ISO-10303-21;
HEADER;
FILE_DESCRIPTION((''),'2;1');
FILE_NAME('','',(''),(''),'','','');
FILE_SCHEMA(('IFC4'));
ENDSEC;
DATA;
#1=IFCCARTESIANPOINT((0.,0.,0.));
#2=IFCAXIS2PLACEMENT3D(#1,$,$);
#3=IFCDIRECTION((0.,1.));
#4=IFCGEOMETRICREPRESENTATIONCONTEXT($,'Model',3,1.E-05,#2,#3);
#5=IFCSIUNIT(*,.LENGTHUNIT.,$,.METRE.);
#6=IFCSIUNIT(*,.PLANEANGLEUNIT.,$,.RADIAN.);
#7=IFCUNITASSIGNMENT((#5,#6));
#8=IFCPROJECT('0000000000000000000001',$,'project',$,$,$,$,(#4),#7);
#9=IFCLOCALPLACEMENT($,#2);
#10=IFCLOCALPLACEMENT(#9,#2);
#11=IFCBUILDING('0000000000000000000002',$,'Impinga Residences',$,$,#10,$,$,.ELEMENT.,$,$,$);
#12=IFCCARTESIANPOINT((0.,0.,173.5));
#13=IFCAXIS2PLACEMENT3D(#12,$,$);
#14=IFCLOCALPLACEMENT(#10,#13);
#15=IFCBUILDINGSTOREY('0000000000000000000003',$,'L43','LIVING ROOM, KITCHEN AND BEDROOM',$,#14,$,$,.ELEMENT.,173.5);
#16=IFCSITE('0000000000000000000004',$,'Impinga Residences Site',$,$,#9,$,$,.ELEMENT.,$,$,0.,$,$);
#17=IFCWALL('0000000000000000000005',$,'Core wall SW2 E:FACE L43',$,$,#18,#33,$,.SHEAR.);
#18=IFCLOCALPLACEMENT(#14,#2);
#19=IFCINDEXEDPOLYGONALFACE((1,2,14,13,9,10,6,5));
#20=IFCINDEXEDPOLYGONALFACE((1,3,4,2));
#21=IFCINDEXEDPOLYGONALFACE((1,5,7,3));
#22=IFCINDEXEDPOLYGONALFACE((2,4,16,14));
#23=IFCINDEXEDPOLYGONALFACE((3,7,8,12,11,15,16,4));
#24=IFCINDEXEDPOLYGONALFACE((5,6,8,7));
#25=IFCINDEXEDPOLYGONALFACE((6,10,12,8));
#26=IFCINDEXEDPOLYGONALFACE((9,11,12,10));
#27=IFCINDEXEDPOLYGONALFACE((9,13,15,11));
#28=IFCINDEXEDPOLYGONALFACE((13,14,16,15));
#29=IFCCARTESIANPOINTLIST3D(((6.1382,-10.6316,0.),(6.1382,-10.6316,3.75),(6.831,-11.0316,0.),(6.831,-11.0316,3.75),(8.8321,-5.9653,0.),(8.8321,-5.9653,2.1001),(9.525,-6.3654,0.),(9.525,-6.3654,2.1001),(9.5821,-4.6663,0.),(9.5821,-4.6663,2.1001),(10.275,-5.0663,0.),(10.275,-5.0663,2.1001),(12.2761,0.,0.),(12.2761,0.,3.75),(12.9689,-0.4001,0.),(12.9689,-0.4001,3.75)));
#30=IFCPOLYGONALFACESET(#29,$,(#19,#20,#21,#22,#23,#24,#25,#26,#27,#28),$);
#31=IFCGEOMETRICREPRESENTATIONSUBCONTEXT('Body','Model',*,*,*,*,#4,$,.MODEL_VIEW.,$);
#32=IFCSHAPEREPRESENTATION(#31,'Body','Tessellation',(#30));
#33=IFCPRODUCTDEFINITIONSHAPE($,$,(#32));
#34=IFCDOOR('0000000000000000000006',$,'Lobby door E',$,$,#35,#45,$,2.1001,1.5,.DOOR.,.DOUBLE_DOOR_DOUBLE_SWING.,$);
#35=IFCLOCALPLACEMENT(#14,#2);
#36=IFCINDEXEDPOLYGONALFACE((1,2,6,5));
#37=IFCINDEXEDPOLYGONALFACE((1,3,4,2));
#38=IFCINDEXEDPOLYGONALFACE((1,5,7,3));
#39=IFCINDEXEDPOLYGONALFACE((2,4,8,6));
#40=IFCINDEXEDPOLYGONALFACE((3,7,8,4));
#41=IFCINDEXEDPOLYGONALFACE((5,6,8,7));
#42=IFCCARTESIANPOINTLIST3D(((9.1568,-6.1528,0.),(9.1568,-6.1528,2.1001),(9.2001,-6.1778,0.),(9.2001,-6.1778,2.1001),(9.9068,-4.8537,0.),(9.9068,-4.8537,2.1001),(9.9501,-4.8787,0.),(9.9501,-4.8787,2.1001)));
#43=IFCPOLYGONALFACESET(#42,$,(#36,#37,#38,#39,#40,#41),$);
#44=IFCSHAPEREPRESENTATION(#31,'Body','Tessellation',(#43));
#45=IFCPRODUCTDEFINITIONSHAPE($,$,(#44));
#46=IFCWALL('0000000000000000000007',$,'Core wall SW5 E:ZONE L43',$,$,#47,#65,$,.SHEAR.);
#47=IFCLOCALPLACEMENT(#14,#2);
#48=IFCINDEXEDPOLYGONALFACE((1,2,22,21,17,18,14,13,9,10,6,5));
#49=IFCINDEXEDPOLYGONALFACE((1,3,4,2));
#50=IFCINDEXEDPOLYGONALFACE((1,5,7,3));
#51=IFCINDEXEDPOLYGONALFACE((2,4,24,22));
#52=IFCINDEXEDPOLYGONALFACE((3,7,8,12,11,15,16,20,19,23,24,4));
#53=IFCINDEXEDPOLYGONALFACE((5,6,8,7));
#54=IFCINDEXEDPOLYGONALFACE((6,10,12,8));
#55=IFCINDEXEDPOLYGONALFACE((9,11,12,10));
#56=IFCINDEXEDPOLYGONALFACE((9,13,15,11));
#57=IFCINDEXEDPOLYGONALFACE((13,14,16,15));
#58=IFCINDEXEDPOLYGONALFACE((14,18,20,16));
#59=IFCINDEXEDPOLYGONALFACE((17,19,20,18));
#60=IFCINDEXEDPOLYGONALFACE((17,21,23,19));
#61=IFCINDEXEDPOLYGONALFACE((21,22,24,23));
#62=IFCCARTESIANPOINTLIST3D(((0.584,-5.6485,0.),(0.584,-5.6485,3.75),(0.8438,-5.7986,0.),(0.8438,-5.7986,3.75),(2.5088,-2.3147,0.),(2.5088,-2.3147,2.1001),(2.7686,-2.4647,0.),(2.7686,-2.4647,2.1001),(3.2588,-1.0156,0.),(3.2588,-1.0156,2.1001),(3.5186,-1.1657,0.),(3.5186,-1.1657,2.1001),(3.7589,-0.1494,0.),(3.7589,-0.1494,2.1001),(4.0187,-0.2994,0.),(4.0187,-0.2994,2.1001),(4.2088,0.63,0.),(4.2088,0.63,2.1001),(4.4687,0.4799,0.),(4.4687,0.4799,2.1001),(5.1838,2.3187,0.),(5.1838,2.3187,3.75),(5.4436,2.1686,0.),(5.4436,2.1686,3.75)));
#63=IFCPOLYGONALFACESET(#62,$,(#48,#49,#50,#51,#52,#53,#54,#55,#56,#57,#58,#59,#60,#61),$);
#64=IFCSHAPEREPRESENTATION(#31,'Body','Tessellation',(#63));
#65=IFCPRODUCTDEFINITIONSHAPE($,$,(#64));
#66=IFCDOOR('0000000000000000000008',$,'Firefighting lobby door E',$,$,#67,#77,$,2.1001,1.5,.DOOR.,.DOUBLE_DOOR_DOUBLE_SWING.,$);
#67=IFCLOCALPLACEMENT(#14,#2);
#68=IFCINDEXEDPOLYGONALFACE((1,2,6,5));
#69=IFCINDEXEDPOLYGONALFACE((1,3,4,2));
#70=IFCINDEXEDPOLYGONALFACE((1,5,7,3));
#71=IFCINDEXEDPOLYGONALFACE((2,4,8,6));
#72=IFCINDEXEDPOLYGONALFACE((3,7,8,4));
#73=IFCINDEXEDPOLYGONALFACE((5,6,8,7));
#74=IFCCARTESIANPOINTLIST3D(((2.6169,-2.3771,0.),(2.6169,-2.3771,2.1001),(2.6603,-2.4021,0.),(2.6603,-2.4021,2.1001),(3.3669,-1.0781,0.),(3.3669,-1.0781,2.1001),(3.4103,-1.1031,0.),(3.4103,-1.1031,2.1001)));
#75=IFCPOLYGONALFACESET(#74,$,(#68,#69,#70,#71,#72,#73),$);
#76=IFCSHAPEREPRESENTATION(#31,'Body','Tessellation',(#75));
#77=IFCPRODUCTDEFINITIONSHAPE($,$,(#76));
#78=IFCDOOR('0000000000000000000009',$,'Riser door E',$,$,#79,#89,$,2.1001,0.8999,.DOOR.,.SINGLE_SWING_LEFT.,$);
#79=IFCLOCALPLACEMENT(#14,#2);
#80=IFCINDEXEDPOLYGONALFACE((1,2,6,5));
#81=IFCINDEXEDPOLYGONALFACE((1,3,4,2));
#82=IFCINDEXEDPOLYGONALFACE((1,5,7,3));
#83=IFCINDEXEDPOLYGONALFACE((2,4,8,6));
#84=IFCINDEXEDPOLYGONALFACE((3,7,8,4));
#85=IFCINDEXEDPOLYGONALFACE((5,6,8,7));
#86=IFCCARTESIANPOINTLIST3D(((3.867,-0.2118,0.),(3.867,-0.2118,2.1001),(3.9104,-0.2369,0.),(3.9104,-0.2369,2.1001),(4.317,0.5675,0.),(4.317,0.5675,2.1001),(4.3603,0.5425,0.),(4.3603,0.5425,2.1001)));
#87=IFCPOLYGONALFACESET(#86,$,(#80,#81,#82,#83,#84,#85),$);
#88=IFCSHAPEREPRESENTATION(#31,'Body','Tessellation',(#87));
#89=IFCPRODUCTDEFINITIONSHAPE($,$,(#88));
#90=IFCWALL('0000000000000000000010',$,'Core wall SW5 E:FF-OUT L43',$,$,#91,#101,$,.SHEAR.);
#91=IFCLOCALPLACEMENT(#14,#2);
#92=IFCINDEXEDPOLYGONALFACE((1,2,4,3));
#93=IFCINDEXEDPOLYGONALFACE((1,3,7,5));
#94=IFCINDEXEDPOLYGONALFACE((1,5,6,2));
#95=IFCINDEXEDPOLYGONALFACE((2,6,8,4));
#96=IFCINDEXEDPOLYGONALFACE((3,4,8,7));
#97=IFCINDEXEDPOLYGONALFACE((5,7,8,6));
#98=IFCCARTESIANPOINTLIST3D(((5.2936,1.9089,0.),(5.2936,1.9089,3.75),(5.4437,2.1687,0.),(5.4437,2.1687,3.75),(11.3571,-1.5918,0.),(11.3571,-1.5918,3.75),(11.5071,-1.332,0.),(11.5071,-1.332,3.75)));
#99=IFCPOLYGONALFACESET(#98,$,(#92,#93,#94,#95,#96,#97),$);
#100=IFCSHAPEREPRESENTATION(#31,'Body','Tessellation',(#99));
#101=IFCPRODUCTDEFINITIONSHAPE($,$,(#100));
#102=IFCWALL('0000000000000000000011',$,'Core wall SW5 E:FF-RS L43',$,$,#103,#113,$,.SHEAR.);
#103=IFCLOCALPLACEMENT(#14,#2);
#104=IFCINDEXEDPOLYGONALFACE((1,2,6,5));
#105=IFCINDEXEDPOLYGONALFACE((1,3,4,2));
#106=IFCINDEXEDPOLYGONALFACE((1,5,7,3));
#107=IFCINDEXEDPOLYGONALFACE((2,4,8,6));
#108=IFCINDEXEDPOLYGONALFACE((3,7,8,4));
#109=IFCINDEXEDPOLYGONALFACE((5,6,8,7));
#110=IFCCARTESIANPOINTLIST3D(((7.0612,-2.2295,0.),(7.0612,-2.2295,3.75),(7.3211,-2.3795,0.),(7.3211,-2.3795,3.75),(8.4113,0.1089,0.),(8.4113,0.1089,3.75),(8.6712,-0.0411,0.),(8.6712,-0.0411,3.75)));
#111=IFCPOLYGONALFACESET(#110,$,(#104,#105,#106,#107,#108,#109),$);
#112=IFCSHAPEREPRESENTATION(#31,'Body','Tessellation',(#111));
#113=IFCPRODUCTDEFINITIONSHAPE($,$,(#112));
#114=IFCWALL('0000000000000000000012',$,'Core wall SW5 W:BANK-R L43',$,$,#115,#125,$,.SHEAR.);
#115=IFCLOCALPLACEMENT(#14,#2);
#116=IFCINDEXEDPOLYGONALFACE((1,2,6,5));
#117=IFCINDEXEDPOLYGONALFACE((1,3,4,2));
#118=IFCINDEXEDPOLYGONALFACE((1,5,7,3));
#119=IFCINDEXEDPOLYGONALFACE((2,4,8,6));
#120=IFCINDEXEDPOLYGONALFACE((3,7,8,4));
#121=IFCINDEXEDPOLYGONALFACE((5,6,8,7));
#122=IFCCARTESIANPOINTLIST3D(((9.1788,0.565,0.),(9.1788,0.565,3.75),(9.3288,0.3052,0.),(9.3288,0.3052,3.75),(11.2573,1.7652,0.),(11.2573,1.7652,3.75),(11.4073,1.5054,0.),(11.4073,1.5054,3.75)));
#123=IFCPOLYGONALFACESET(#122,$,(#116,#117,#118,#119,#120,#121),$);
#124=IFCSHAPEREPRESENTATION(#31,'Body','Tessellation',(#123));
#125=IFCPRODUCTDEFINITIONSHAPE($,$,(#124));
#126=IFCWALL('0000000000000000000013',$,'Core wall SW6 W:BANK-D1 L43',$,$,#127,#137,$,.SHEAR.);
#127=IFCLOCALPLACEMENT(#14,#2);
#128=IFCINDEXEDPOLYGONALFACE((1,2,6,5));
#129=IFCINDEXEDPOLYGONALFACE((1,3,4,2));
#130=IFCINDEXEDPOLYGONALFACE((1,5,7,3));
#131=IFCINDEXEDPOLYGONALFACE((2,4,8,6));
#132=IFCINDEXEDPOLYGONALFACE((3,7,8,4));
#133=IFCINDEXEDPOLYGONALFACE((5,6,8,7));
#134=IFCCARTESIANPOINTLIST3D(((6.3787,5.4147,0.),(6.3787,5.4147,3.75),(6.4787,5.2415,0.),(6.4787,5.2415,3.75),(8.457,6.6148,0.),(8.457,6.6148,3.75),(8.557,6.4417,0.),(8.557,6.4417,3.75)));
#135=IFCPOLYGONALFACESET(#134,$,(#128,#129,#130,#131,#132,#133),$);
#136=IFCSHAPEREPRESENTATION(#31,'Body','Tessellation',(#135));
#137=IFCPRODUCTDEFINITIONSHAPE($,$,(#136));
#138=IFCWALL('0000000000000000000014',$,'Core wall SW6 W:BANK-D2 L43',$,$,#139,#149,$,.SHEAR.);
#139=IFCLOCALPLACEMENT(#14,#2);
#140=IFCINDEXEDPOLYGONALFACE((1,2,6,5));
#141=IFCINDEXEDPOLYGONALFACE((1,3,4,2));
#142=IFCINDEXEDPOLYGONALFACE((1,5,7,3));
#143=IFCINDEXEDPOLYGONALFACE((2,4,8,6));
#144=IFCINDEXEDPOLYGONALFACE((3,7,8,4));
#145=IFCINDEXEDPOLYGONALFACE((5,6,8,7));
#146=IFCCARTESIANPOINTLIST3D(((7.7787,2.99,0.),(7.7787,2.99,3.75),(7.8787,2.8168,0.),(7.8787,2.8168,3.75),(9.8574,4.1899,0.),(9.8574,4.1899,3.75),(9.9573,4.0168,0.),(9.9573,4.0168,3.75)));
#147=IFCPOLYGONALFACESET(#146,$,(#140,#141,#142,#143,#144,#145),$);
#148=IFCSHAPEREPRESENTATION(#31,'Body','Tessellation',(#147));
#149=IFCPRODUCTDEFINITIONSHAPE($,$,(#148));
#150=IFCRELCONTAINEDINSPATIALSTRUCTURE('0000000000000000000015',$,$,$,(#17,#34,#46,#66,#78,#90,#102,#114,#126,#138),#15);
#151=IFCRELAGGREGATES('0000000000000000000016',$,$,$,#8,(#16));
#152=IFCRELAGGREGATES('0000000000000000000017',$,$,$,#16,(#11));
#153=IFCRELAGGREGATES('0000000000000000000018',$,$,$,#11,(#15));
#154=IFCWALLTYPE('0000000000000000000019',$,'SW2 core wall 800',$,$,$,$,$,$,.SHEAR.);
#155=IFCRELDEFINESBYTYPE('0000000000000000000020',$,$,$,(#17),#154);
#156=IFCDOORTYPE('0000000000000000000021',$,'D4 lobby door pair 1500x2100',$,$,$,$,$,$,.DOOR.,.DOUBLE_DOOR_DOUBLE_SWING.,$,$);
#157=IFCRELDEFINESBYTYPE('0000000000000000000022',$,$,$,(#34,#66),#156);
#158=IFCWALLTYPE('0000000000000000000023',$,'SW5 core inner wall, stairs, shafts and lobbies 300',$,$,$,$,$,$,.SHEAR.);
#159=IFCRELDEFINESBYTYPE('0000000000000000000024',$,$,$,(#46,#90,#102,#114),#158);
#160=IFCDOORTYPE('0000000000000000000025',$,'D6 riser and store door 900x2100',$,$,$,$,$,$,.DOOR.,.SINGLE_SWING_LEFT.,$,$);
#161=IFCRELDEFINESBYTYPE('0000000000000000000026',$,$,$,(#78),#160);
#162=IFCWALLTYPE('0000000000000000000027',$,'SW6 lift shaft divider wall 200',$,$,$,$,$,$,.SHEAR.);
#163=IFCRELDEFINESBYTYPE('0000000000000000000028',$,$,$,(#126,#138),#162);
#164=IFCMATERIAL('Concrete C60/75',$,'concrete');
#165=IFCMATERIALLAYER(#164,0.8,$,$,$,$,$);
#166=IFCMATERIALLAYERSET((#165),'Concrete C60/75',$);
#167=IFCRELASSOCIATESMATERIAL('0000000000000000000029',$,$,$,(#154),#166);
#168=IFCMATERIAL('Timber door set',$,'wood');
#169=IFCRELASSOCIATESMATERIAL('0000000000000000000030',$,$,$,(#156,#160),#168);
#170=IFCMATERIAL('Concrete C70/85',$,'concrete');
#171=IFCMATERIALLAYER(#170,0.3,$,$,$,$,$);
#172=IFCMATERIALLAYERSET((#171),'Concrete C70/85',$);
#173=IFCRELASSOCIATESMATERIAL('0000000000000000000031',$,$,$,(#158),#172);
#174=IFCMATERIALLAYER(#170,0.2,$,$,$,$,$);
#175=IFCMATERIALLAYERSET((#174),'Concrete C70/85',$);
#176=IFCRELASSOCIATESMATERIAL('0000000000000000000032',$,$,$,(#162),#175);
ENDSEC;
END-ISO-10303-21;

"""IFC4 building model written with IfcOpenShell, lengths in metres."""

from ifc_helpers import new_model, si_unit, direction, frame, frame_2d, origin, place, context, subcontext, project, spatial, rectangle, extrude, material, layer, layer_set, type_object, element, fill, save


model = new_model("IFC4")

# Units and contexts
model_context = context("Model", 3, precision=1e-05, world=origin(), true_north=direction((0.0, 1.0)))
body_context = subcontext(model_context, "Body", "Model", "MODEL_VIEW")
ifc_project = project(units=[si_unit("LENGTHUNIT", "METRE"), si_unit("PLANEANGLEUNIT", "RADIAN")], contexts=[model_context])

# Site, building, storey
site_placement = place(None, origin())
site = spatial("IfcSite", under=ifc_project, at=site_placement, Name="Impinga Residences Site", CompositionType="ELEMENT", RefElevation=0.0)
building_placement = place(site_placement, origin())
building = spatial("IfcBuilding", under=site, at=building_placement, Name="Impinga Residences", CompositionType="ELEMENT")
storey_placement = place(building_placement, frame((0.0, 0.0, 173.5)))
storey = spatial("IfcBuildingStorey", under=building, at=storey_placement, Name="L43", Description="LIVING ROOM, KITCHEN AND BEDROOM", CompositionType="ELEMENT", Elevation=173.5)

# Shared definitions
ifc_material_1 = material(Name="Concrete C60/75", Category="concrete")
ifc_material_2 = material(Name="Timber door set", Category="wood")

# Wall, opening, door
ifc_layer_1 = layer(ifc_material_1, 0.8)
ifc_layer_set_1 = layer_set([ifc_layer_1], Name="Concrete C60/75")
wall_type_1 = type_object("IfcWallType", Name="SW2 core wall 800", PredefinedType="SHEAR", material=ifc_layer_set_1)
wall_1_placement = place(storey_placement, frame((12.6226, -0.2, 0.0), z_axis=(0.0, 0.0, 1.0), x_axis=(-0.499987, -0.866033, 0.0)))
wall_1 = element("IfcWall", 1, at=wall_1_placement, inside=storey, type_object=wall_type_1, Name="Core wall SW2 E:FACE L43", PredefinedType="SHEAR", context=body_context, shape_type="SweptSolid", body=[
    extrude(rectangle(XDim=12.2761, YDim=0.8, at=frame_2d((6.1382, 0.0))), origin(), (0.0, 0.0, 1.0), 3.75),
])
opening_1_placement = place(wall_1_placement, frame((5.3882, 0.0, 0.0)))
opening_1 = element("IfcOpeningElement", 2, at=opening_1_placement, cuts=wall_1, PredefinedType="OPENING", context=body_context, shape_type="SweptSolid", body=[
    extrude(rectangle(XDim=1.5, YDim=2.1001, at=frame_2d((0.75, 1.05))), frame((0.0, 0.4099, 0.0), z_axis=(0.0, -1.0, 0.0), x_axis=(1.0, 0.0, 0.0)), (0.0, 0.0, 1.0), 0.8201),
])
door_type_1 = type_object("IfcDoorType", Name="D4 lobby door pair 1500x2100", OperationType="DOUBLE_DOOR_DOUBLE_SWING", PredefinedType="DOOR", material=ifc_material_2)
door_1_placement = place(opening_1_placement, origin())
door_1 = element("IfcDoor", 3, at=door_1_placement, inside=storey, type_object=door_type_1, Name="Lobby door E", OperationType="DOUBLE_DOOR_DOUBLE_SWING", OverallHeight=2.1001, OverallWidth=1.5, PredefinedType="DOOR", context=body_context, shape_type="SweptSolid", body=[
    extrude(rectangle(XDim=1.5, YDim=2.1001, at=frame_2d((0.75, 1.05))), frame((0.0, 0.0249, 0.0), z_axis=(0.0, -1.0, 0.0), x_axis=(1.0, 0.0, 0.0)), (0.0, 0.0, 1.0), 0.05),
])
fill(opening_1, door_1)

# Wall, openings, doors
ifc_material_3 = material(Name="Concrete C70/85", Category="concrete")
ifc_layer_2 = layer(ifc_material_3, 0.3)
ifc_layer_set_2 = layer_set([ifc_layer_2], Name="Concrete C70/85")
wall_type_2 = type_object("IfcWallType", Name="SW5 core inner wall, stairs, shafts and lobbies 300", PredefinedType="SHEAR", material=ifc_layer_set_2)
wall_2_placement = place(storey_placement, frame((5.3137, 2.2437, 0.0), z_axis=(0.0, 0.0, 1.0), x_axis=(-0.499995, -0.866028, 0.0)))
wall_2 = element("IfcWall", 4, at=wall_2_placement, inside=storey, type_object=wall_type_2, Name="Core wall SW5 E:ZONE L43", PredefinedType="SHEAR", context=body_context, shape_type="SweptSolid", body=[
    extrude(rectangle(XDim=9.1997, YDim=0.3, at=frame_2d((4.5999, 0.0))), origin(), (0.0, 0.0, 1.0), 3.75),
])
opening_2_placement = place(wall_2_placement, frame((3.8501, 0.0, 0.0)))
opening_2 = element("IfcOpeningElement", 5, at=opening_2_placement, cuts=wall_2, PredefinedType="OPENING", context=body_context, shape_type="SweptSolid", body=[
    extrude(rectangle(XDim=1.5, YDim=2.1001, at=frame_2d((0.75, 1.05))), frame((0.0, 0.1599, 0.0), z_axis=(0.0, -1.0, 0.0), x_axis=(1.0, 0.0, 0.0)), (0.0, 0.0, 1.0), 0.3201),
])
opening_3_placement = place(wall_2_placement, frame((1.95, 0.0, 0.0)))
opening_3 = element("IfcOpeningElement", 6, at=opening_3_placement, cuts=wall_2, PredefinedType="OPENING", context=body_context, shape_type="SweptSolid", body=[
    extrude(rectangle(XDim=0.8999, YDim=2.1001, at=frame_2d((0.45, 1.05))), frame((0.0, 0.1599, 0.0), z_axis=(0.0, -1.0, 0.0), x_axis=(1.0, 0.0, 0.0)), (0.0, 0.0, 1.0), 0.3201),
])
door_2_placement = place(opening_2_placement, origin())
door_2 = element("IfcDoor", 7, at=door_2_placement, inside=storey, type_object=door_type_1, Name="Firefighting lobby door E", OperationType="DOUBLE_DOOR_DOUBLE_SWING", OverallHeight=2.1001, OverallWidth=1.5, PredefinedType="DOOR", context=body_context, shape_type="SweptSolid", body=[
    extrude(rectangle(XDim=1.5, YDim=2.1001, at=frame_2d((0.75, 1.05))), frame((0.0, 0.0249, 0.0), z_axis=(0.0, -1.0, 0.0), x_axis=(1.0, 0.0, 0.0)), (0.0, 0.0, 1.0), 0.05),
])
fill(opening_2, door_2)
door_type_2 = type_object("IfcDoorType", Name="D6 riser and store door 900x2100", OperationType="SINGLE_SWING_LEFT", PredefinedType="DOOR", material=ifc_material_2)
door_3_placement = place(opening_3_placement, origin())
door_3 = element("IfcDoor", 8, at=door_3_placement, inside=storey, type_object=door_type_2, Name="Riser door E", OperationType="SINGLE_SWING_LEFT", OverallHeight=2.1001, OverallWidth=0.8999, PredefinedType="DOOR", context=body_context, shape_type="SweptSolid", body=[
    extrude(rectangle(XDim=0.8999, YDim=2.1001, at=frame_2d((0.45, 1.05))), frame((0.0, 0.0249, 0.0), z_axis=(0.0, -1.0, 0.0), x_axis=(1.0, 0.0, 0.0)), (0.0, 0.0, 1.0), 0.05),
])
fill(opening_3, door_3)

# Walls
wall_3_placement = place(storey_placement, frame((5.3687, 2.0388, 0.0), z_axis=(0.0, 0.0, 1.0), x_axis=(0.866026, -0.499998, 0.0)))
element("IfcWall", 9, at=wall_3_placement, inside=storey, type_object=wall_type_2, Name="Core wall SW5 E:FF-OUT L43", PredefinedType="SHEAR", context=body_context, shape_type="SweptSolid", body=[
    extrude(rectangle(XDim=7.0015, YDim=0.3, at=frame_2d((3.5007, 0.0))), origin(), (0.0, 0.0, 1.0), 3.75),
])
wall_4_placement = place(storey_placement, frame((8.5413, 0.0339, 0.0), z_axis=(0.0, 0.0, 1.0), x_axis=(-0.500009, -0.86602, 0.0)))
element("IfcWall", 10, at=wall_4_placement, inside=storey, type_object=wall_type_2, Name="Core wall SW5 E:FF-RS L43", PredefinedType="SHEAR", context=body_context, shape_type="SweptSolid", body=[
    extrude(rectangle(XDim=2.7002, YDim=0.3, at=frame_2d((1.3501, 0.0))), origin(), (0.0, 0.0, 1.0), 3.75),
])
wall_5_placement = place(storey_placement, frame((9.2537, 0.4351, 0.0), z_axis=(0.0, 0.0, 1.0), x_axis=(0.866006, 0.500034, 0.0)))
element("IfcWall", 11, at=wall_5_placement, inside=storey, type_object=wall_type_2, Name="Core wall SW5 W:BANK-R L43", PredefinedType="SHEAR", context=body_context, shape_type="SweptSolid", body=[
    extrude(rectangle(XDim=2.4001, YDim=0.3, at=frame_2d((1.2002, 0.0))), origin(), (0.0, 0.0, 1.0), 3.75),
])
ifc_layer_3 = layer(ifc_material_3, 0.2)
ifc_layer_set_3 = layer_set([ifc_layer_3], Name="Concrete C70/85")
wall_type_3 = type_object("IfcWallType", Name="SW6 lift shaft divider wall 200", PredefinedType="SHEAR", material=ifc_layer_set_3)
wall_6_placement = place(storey_placement, frame((6.4287, 5.3281, 0.0), z_axis=(0.0, 0.0, 1.0), x_axis=(0.865981, 0.500078, 0.0)))
element("IfcWall", 12, at=wall_6_placement, inside=storey, type_object=wall_type_3, Name="Core wall SW6 W:BANK-D1 L43", PredefinedType="SHEAR", context=body_context, shape_type="SweptSolid", body=[
    extrude(rectangle(XDim=2.3999, YDim=0.2, at=frame_2d((1.2, 0.0))), origin(), (0.0, 0.0, 1.0), 3.75),
])
wall_7_placement = place(storey_placement, frame((7.8286, 2.9033, 0.0), z_axis=(0.0, 0.0, 1.0), x_axis=(0.86605, 0.499957, 0.0)))
element("IfcWall", 13, at=wall_7_placement, inside=storey, type_object=wall_type_3, Name="Core wall SW6 W:BANK-D2 L43", PredefinedType="SHEAR", context=body_context, shape_type="SweptSolid", body=[
    extrude(rectangle(XDim=2.4001, YDim=0.2, at=frame_2d((1.2002, 0.0))), origin(), (0.0, 0.0, 1.0), 3.75),
])

save(model, "model.ifc")
